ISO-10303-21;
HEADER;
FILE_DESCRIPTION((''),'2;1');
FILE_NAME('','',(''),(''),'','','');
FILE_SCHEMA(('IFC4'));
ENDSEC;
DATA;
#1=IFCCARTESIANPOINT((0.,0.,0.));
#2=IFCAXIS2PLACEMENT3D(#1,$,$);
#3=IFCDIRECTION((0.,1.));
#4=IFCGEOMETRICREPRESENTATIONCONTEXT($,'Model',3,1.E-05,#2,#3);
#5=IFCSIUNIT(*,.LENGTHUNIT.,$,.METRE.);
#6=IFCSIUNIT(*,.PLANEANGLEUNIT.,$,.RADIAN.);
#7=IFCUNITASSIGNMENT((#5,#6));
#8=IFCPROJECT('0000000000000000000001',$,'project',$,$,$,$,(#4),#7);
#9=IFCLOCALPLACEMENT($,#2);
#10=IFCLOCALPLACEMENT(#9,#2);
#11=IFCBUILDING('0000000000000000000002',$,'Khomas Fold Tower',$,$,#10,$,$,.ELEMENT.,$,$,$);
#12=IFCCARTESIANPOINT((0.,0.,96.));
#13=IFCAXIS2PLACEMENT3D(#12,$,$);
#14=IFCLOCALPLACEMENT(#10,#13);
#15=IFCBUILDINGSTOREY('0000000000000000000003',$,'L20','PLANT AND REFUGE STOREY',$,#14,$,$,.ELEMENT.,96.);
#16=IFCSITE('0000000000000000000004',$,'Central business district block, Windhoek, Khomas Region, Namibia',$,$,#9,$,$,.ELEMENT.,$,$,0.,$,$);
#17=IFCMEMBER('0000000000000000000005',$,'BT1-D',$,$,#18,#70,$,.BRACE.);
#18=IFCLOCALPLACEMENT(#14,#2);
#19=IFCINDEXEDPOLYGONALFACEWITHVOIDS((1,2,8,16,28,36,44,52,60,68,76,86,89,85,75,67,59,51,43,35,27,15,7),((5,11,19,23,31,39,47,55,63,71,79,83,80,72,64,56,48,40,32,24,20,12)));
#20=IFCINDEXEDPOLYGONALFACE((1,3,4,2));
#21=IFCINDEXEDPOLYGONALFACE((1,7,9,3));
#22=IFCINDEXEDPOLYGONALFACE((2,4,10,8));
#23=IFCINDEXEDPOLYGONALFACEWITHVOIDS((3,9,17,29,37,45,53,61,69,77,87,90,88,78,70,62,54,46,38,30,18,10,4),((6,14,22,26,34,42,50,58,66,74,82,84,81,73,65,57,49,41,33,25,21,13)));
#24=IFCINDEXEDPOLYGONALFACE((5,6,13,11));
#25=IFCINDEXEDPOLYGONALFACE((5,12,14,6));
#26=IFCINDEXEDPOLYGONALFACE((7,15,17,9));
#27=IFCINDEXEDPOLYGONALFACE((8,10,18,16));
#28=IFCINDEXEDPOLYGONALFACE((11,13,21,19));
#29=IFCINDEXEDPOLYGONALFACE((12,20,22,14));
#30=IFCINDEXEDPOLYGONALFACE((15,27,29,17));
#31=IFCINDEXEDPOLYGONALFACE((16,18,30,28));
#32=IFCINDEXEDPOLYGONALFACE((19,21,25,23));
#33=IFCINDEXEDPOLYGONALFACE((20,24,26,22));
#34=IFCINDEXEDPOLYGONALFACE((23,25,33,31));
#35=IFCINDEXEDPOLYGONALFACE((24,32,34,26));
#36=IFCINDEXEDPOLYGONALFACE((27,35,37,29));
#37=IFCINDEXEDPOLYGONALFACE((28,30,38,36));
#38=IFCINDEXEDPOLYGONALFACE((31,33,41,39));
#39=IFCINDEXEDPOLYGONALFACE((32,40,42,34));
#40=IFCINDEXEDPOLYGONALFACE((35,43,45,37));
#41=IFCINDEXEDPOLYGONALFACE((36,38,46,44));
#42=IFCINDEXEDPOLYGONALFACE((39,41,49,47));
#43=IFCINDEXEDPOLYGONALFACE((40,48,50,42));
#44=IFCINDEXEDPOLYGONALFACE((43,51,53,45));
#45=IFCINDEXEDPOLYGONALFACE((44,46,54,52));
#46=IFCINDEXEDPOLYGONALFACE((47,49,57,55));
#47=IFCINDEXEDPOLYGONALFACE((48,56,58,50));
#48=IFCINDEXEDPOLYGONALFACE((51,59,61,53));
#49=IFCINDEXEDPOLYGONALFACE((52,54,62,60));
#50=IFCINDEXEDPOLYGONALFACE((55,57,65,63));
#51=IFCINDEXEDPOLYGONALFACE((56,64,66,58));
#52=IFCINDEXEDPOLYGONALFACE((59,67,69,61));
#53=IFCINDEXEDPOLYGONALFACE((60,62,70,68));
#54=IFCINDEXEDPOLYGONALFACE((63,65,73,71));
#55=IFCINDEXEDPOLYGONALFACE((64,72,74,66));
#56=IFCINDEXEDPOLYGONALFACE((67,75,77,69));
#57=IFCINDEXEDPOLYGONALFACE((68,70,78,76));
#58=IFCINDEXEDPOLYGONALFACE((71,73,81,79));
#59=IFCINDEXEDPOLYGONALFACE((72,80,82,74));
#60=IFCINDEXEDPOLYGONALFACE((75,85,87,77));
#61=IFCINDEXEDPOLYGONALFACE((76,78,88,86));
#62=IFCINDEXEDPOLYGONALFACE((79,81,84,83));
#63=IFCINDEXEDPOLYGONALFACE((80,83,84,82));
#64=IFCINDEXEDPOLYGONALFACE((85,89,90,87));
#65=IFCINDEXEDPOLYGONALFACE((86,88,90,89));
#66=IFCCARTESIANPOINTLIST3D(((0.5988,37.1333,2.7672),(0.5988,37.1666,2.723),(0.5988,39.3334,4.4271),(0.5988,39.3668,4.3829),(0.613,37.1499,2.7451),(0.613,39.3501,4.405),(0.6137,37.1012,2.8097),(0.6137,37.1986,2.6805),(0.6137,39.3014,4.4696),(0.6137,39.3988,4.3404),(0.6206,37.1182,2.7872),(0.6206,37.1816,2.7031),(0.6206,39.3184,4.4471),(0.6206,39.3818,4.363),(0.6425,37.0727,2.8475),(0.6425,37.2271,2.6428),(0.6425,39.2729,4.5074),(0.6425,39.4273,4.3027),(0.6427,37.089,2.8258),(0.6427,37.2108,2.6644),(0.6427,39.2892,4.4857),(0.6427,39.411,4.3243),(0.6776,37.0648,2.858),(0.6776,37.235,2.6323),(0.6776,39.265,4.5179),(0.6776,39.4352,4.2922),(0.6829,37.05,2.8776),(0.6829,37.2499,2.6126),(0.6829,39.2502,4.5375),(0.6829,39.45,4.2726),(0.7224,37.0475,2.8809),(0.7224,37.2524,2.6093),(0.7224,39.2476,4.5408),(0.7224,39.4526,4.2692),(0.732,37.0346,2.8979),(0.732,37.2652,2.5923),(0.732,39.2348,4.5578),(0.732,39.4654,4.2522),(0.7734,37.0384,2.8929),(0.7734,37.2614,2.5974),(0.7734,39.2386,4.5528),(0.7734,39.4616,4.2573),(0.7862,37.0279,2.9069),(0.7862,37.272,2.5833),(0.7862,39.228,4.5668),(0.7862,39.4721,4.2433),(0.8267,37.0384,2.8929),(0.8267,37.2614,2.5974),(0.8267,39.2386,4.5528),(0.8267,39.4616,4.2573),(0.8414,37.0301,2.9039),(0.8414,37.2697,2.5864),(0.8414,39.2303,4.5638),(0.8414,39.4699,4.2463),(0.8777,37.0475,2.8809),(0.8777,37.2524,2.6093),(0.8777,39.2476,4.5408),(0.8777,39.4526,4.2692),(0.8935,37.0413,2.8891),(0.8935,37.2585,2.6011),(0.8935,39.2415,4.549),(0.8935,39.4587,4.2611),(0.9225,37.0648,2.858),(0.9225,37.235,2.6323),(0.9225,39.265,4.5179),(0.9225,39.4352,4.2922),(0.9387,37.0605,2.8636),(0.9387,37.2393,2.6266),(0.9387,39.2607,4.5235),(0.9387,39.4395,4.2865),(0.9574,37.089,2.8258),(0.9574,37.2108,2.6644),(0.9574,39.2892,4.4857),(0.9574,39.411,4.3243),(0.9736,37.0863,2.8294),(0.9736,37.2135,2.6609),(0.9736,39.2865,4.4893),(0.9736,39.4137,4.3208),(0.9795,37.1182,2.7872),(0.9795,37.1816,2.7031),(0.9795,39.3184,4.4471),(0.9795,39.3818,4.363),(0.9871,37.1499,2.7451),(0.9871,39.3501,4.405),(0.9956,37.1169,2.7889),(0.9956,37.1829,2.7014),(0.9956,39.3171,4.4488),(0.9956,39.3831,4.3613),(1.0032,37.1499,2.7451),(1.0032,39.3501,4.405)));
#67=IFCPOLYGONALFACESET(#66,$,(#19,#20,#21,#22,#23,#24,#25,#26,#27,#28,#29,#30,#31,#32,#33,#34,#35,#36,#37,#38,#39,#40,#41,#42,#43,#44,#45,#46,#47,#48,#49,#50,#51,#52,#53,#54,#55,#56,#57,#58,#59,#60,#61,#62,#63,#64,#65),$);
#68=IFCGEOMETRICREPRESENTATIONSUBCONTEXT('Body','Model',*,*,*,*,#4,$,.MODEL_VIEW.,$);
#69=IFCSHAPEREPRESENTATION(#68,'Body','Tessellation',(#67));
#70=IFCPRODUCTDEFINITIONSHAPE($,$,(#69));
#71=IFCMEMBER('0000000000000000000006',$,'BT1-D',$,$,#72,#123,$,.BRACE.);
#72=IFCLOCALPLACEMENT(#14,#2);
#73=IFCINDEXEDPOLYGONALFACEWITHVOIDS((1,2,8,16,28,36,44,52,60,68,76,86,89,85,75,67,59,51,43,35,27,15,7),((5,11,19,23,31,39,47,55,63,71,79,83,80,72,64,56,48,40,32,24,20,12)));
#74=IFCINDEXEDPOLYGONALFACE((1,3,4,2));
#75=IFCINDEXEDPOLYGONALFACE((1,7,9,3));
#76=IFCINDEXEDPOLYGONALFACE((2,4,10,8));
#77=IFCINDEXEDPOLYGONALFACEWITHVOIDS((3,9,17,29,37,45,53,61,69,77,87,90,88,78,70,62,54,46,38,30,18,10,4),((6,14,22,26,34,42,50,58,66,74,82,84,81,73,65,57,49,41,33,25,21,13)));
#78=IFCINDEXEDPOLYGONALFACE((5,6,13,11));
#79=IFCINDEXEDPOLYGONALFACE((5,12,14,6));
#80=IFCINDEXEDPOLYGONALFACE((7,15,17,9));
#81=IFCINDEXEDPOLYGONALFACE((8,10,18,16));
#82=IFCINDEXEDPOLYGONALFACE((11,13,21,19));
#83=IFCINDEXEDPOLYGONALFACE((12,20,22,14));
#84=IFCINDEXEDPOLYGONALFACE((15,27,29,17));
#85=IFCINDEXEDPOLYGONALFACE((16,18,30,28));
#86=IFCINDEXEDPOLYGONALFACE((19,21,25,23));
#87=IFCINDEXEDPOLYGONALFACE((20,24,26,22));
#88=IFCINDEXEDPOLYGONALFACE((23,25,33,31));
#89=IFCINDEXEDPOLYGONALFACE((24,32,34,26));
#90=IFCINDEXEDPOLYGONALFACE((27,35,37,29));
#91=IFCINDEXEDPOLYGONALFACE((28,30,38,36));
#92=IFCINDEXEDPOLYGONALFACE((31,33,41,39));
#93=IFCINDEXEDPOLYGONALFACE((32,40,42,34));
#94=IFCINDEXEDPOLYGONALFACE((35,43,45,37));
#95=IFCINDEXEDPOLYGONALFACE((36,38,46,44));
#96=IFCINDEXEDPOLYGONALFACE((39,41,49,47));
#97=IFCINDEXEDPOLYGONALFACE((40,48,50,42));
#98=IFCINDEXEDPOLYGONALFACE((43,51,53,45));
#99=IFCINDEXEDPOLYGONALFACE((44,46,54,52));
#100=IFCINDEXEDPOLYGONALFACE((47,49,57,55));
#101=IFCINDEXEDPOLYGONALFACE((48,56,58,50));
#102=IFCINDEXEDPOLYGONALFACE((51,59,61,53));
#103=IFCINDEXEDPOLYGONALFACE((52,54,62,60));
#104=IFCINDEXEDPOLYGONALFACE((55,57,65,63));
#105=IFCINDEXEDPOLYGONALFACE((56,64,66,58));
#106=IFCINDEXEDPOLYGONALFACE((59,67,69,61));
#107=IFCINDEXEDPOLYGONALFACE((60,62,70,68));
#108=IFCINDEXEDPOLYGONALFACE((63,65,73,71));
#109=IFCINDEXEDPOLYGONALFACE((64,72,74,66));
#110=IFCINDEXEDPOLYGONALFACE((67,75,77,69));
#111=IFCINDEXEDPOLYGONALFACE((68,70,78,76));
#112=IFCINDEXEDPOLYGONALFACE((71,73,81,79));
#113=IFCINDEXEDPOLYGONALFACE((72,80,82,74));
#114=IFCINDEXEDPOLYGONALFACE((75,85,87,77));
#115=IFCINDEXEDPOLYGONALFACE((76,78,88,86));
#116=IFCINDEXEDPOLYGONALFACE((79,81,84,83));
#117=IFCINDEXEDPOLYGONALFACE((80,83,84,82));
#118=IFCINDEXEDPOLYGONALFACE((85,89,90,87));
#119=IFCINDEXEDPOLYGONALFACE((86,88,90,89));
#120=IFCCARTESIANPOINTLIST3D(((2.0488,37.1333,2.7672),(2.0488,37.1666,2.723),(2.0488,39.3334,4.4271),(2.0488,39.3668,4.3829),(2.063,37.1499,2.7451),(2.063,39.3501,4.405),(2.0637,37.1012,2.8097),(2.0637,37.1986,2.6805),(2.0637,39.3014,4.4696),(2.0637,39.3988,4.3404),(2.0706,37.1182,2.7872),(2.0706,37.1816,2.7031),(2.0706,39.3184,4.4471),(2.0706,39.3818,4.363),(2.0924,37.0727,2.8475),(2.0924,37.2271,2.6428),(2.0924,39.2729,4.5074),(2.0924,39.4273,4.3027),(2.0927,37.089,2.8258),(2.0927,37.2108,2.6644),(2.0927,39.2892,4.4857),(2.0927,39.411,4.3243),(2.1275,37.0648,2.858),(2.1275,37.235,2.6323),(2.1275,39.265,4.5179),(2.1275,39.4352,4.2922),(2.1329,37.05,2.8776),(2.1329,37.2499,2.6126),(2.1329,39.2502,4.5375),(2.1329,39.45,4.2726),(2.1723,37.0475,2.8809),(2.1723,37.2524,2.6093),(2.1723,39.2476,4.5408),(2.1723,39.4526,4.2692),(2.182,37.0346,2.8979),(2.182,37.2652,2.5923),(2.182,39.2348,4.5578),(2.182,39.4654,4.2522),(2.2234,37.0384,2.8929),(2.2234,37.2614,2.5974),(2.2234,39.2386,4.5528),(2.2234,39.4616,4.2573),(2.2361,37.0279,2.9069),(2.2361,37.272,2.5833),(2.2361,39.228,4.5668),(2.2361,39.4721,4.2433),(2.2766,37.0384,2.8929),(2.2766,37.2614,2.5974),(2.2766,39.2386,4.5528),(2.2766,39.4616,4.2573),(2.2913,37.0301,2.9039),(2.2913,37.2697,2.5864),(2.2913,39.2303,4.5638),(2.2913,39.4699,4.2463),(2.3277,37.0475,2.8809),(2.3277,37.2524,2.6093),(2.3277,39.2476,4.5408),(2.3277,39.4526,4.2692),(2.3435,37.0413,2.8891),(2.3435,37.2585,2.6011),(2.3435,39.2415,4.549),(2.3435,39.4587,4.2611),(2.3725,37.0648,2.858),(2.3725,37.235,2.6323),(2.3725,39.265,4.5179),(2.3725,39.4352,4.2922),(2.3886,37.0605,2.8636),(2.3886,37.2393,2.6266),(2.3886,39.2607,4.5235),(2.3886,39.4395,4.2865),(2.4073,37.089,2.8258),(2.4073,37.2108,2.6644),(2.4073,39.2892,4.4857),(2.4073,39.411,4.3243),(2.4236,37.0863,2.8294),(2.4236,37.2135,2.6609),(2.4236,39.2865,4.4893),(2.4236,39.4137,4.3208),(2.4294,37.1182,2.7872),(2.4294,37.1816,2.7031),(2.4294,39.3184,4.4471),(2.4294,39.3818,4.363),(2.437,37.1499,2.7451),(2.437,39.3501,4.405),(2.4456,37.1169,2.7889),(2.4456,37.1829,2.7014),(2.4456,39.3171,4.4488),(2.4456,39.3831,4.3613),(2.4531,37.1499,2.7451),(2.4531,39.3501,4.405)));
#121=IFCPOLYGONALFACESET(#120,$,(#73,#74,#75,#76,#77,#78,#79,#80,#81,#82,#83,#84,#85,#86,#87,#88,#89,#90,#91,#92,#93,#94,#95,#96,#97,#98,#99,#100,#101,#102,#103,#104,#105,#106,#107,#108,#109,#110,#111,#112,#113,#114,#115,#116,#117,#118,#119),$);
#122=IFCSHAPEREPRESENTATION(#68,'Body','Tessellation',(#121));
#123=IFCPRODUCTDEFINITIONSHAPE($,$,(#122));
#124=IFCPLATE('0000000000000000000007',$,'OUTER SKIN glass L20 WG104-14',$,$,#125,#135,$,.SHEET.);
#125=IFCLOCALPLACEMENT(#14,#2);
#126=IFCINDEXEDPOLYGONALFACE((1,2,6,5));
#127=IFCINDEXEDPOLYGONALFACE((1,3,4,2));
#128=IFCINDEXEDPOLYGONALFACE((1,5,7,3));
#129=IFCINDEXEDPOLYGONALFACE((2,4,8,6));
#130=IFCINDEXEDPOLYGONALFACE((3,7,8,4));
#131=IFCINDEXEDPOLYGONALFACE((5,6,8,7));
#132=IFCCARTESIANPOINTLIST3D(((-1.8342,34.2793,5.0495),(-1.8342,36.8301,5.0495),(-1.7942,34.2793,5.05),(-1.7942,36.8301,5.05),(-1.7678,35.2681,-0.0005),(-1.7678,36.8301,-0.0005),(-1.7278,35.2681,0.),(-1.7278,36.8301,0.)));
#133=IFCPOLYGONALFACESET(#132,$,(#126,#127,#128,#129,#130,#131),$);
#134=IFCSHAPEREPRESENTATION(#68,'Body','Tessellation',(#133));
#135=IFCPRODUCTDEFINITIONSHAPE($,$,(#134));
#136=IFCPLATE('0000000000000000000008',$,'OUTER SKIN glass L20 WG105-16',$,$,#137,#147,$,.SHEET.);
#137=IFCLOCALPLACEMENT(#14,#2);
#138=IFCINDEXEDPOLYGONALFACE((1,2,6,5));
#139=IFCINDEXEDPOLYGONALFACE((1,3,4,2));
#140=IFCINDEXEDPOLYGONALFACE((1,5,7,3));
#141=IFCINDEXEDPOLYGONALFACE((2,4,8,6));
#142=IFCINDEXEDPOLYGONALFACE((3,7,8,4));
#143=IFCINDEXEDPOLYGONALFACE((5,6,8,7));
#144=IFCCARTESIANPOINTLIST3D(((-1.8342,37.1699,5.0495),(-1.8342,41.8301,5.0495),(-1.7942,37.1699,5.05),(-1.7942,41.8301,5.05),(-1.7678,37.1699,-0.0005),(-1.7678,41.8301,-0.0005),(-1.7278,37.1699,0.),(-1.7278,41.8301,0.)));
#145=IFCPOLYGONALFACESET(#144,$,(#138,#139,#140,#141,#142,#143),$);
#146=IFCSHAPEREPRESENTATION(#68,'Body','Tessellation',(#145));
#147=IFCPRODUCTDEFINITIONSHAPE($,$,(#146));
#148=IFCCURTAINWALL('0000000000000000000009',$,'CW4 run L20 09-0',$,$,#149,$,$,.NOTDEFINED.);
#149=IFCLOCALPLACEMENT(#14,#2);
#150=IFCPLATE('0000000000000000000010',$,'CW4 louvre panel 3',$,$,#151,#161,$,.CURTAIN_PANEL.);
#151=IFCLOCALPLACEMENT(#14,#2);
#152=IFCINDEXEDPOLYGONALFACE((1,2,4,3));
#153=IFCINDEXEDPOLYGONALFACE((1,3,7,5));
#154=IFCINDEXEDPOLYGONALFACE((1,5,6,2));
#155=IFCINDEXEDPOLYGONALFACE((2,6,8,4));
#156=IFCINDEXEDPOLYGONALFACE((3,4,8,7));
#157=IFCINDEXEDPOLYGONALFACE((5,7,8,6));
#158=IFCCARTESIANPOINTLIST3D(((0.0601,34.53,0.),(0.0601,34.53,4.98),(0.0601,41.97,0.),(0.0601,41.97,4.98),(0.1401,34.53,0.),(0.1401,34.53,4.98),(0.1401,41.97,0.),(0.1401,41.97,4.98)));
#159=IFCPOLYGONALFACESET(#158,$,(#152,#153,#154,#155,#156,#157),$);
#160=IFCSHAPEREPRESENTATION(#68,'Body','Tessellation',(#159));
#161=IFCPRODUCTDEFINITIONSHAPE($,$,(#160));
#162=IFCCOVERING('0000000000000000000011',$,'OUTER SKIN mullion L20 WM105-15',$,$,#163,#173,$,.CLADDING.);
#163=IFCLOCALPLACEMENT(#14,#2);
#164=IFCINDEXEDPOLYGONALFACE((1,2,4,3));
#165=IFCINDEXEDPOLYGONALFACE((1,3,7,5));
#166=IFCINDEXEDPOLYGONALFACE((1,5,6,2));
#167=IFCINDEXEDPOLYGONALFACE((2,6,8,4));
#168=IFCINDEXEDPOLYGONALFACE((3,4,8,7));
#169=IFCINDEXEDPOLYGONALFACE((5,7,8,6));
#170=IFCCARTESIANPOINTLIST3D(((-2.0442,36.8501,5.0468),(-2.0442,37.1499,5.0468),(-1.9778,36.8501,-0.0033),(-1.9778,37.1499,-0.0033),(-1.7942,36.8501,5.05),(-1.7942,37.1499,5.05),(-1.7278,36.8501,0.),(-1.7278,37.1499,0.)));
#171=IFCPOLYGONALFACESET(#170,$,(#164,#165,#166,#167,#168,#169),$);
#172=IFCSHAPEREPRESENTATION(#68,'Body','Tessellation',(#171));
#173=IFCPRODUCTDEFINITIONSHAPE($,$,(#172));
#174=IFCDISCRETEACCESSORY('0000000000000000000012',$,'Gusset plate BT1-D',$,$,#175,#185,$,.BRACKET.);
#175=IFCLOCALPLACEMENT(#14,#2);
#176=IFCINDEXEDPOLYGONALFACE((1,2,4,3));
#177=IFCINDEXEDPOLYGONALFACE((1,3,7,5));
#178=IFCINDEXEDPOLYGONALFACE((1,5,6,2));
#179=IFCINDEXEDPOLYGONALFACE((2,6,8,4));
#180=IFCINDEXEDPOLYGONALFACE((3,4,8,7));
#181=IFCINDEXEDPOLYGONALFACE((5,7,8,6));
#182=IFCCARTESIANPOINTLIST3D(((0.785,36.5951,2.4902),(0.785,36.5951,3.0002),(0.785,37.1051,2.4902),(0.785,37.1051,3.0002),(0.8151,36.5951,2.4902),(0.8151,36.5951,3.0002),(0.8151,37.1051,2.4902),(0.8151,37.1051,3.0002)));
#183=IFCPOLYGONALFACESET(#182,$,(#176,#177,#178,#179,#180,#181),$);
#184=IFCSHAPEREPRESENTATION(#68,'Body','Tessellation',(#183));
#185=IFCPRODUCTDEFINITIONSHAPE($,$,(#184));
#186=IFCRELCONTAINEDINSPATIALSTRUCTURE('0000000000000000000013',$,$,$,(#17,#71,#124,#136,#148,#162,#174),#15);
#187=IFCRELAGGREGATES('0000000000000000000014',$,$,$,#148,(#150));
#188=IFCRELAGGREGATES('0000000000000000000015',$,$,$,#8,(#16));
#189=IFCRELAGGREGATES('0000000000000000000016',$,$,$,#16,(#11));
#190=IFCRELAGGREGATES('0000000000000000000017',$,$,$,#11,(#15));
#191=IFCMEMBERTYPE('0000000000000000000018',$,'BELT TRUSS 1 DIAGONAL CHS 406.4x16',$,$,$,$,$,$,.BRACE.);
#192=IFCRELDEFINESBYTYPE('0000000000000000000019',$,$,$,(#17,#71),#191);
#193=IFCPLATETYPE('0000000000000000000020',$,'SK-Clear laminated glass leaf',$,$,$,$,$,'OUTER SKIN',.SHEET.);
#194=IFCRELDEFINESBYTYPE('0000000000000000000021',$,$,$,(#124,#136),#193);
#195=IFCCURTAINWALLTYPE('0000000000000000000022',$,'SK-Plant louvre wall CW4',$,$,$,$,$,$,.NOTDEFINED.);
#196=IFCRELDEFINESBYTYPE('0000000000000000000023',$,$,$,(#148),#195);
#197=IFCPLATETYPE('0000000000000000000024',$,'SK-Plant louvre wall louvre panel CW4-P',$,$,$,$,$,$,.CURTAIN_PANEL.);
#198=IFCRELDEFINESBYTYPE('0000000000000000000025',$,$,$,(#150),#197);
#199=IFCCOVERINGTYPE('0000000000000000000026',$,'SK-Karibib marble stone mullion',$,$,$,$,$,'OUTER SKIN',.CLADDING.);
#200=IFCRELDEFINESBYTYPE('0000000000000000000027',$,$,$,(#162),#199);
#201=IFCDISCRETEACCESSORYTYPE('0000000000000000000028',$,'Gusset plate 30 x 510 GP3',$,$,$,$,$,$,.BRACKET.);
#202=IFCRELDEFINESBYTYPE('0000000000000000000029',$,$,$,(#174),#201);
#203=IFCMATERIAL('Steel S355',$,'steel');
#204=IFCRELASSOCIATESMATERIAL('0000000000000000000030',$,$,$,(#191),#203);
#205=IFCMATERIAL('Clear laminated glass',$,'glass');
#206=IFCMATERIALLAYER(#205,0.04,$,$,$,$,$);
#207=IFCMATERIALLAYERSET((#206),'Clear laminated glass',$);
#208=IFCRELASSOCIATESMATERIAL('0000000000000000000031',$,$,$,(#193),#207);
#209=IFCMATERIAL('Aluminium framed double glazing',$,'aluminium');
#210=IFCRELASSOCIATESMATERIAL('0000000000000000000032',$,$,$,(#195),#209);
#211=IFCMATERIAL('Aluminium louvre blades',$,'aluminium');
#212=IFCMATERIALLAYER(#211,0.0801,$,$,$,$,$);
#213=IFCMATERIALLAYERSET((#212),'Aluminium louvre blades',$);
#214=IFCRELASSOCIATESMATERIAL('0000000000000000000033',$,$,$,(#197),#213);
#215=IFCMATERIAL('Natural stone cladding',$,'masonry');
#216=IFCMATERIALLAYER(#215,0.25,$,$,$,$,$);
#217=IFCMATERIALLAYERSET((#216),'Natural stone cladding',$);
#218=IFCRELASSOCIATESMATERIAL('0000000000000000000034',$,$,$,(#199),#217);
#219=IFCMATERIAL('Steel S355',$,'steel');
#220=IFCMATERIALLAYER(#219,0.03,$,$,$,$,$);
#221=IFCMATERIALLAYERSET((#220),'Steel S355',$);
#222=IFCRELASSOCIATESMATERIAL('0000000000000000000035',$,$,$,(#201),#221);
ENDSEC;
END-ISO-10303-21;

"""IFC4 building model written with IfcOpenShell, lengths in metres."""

from ifc_helpers import new_model, si_unit, direction, frame, origin, origin_2d, place, context, subcontext, project, spatial, polyline, rectangle, hollow_circle, outline, extrude, source, transform, mapped, material, layer, layer_set, material_profile, profile_set, type_object, element, aggregate, save


model = new_model("IFC4")

# Units and contexts
model_context = context("Model", 3, precision=1e-05, world=origin(), true_north=direction((0.0, 1.0)))
body_context = subcontext(model_context, "Body", "Model", "MODEL_VIEW")
ifc_project = project(units=[si_unit("LENGTHUNIT", "METRE"), si_unit("PLANEANGLEUNIT", "RADIAN")], contexts=[model_context])

# Site, building, storey
site_placement = place(None, origin())
site = spatial("IfcSite", under=ifc_project, at=site_placement, Name="Central business district block, Windhoek, Khomas Region, Namibia", CompositionType="ELEMENT", RefElevation=0.0)
building_placement = place(site_placement, origin())
building = spatial("IfcBuilding", under=site, at=building_placement, Name="Khomas Fold Tower", CompositionType="ELEMENT")
storey_placement = place(building_placement, frame((0.0, 0.0, 96.0)))
storey = spatial("IfcBuildingStorey", under=building, at=storey_placement, Name="L20", Description="PLANT AND REFUGE STOREY", CompositionType="ELEMENT", Elevation=96.0)

# Members
ifc_material_1 = material(Name="Steel S355", Category="steel")
ifc_material_profile_1 = material_profile(ifc_material_1, hollow_circle(Radius=0.2031, WallThickness=0.0161, at=origin_2d()), Name="CHS 406.4x16")
ifc_profile_set_1 = profile_set([ifc_material_profile_1], Name="Steel S355")
member_type_1 = type_object("IfcMemberType", Name="BELT TRUSS 1 DIAGONAL CHS 406.4x16", PredefinedType="BRACE", material=ifc_profile_set_1)
shared_shape_1 = source(origin(), body_context, "Body", "SweptSolid", [
    extrude(hollow_circle(Radius=0.2031, WallThickness=0.0161, at=origin_2d()), origin(), (0.0, 0.0, 1.0), 2.7561),
])
for number, where, z_axis, x_axis, name in (
    (1, (0.8, 39.3501, 4.405), (0.0, -0.798296, -0.602265), (1.0, 0.0, 0.0), "BT1-D"),
    (2, (2.25, 39.3501, 4.405), (0.0, -0.798296, -0.602265), (1.0, 0.0, 0.0), "BT1-D"),
):
    element("IfcMember", number, at=place(storey_placement, frame(where, z_axis=z_axis, x_axis=x_axis)), inside=storey, type_object=member_type_1, Name=name, PredefinedType="BRACE", context=body_context, shape_type="MappedRepresentation", body=[
        mapped(shared_shape_1, transform((0.0, 0.0, 0.0))),
    ])

# Plates
ifc_material_2 = material(Name="Clear laminated glass", Category="glass")
ifc_layer_1 = layer(ifc_material_2, 0.04)
ifc_layer_set_1 = layer_set([ifc_layer_1], Name="Clear laminated glass")
plate_type_1 = type_object("IfcPlateType", Name="SK-Clear laminated glass leaf", ElementType="OUTER SKIN", PredefinedType="SHEET", material=ifc_layer_set_1)
plate_1_placement = place(storey_placement, frame((-1.7278, 35.2681, 0.0), z_axis=(0.999914, 0.0, 0.013148), x_axis=(-0.012904, -0.19213, 0.981285)))
element("IfcPlate", 3, at=plate_1_placement, inside=storey, type_object=plate_type_1, Name="OUTER SKIN glass L20 WG104-14", PredefinedType="SHEET", context=body_context, shape_type="SweptSolid", body=[
    extrude(outline(polyline([(0.0, 0.0), (5.1464, 0.0), (4.6563, -2.5033), (-0.3001, -1.5329), (0.0, 0.0)])), origin(), (0.0, 0.0, -1.0), 0.04),
])
plate_2_placement = place(storey_placement, frame((-1.7278, 37.1699, 0.0), z_axis=(0.999914, 0.0, 0.013148), x_axis=(-0.013148, 0.0, 0.999914)))
element("IfcPlate", 4, at=plate_2_placement, inside=storey, type_object=plate_type_1, Name="OUTER SKIN glass L20 WG105-16", PredefinedType="SHEET", context=body_context, shape_type="SweptSolid", body=[
    extrude(outline(polyline([(0.0, 0.0), (5.0505, 0.0), (5.0505, -4.6602), (0.0, -4.6602), (0.0, 0.0)])), origin(), (0.0, 0.0, -1.0), 0.04),
])

# Curtain wall, plate
ifc_material_3 = material(Name="Aluminium framed double glazing", Category="aluminium")
curtain_wall_type = type_object("IfcCurtainWallType", Name="SK-Plant louvre wall CW4", PredefinedType="NOTDEFINED", material=ifc_material_3)
curtain_wall_placement = place(storey_placement, origin())
curtain_wall = element("IfcCurtainWall", 5, at=curtain_wall_placement, inside=storey, type_object=curtain_wall_type, Name="CW4 run L20 09-0", PredefinedType="NOTDEFINED")
ifc_material_4 = material(Name="Aluminium louvre blades", Category="aluminium")
ifc_layer_2 = layer(ifc_material_4, 0.0801)
ifc_layer_set_2 = layer_set([ifc_layer_2], Name="Aluminium louvre blades")
plate_type_2 = type_object("IfcPlateType", Name="SK-Plant louvre wall louvre panel CW4-P", PredefinedType="CURTAIN_PANEL", material=ifc_layer_set_2)
shared_shape_2 = source(origin(), body_context, "Body", "SweptSolid", [
    extrude(rectangle(XDim=7.4399, YDim=0.0801, at=origin_2d()), origin(), (0.0, 0.0, 1.0), 4.98),
])
plate_3_placement = place(storey_placement, frame((0.1001, 38.25, 0.0), z_axis=(0.0, 0.0, 1.0), x_axis=(0.0, -1.0, 0.0)))
plate_3 = element("IfcPlate", 6, at=plate_3_placement, type_object=plate_type_2, Name="CW4 louvre panel 3", PredefinedType="CURTAIN_PANEL", context=body_context, shape_type="MappedRepresentation", body=[
    mapped(shared_shape_2, transform((0.0, 0.0, 0.0))),
])
aggregate(curtain_wall, [plate_3])

# Covering
ifc_material_5 = material(Name="Natural stone cladding", Category="masonry")
ifc_layer_3 = layer(ifc_material_5, 0.25)
ifc_layer_set_3 = layer_set([ifc_layer_3], Name="Natural stone cladding")
covering_type = type_object("IfcCoveringType", Name="SK-Karibib marble stone mullion", ElementType="OUTER SKIN", PredefinedType="CLADDING", material=ifc_layer_set_3)
covering_placement = place(storey_placement, frame((-1.7278, 36.8501, 0.0), z_axis=(0.999914, 0.0, 0.013148), x_axis=(-0.013148, 0.0, 0.999914)))
element("IfcCovering", 7, at=covering_placement, inside=storey, type_object=covering_type, Name="OUTER SKIN mullion L20 WM105-15", PredefinedType="CLADDING", context=body_context, shape_type="SweptSolid", body=[
    extrude(outline(polyline([(0.0, 0.0), (5.0505, 0.0), (5.0505, -0.2998), (0.0, -0.2998), (0.0, 0.0)])), origin(), (0.0, 0.0, -1.0), 0.25),
])

# Discrete accessory
ifc_material_6 = material(Name="Steel S355", Category="steel")
ifc_layer_4 = layer(ifc_material_6, 0.03)
ifc_layer_set_4 = layer_set([ifc_layer_4], Name="Steel S355")
discrete_accessory_type_1 = type_object("IfcDiscreteAccessoryType", Name="Gusset plate 30 x 510 GP3", PredefinedType="BRACKET", material=ifc_layer_set_4)
shared_shape_3 = source(origin(), body_context, "Body", "SweptSolid", [
    extrude(rectangle(XDim=0.51, YDim=0.03, at=origin_2d()), origin(), (0.0, 0.0, 1.0), 0.51),
])
for number, where, z_axis, x_axis, name in (
    (8, (0.8, 36.8501, 2.4902), (0.0, 0.0, 1.0), (0.0, 1.0, 0.0), "Gusset plate BT1-D"),
):
    element("IfcDiscreteAccessory", number, at=place(storey_placement, frame(where, z_axis=z_axis, x_axis=x_axis)), inside=storey, type_object=discrete_accessory_type_1, Name=name, PredefinedType="BRACKET", context=body_context, shape_type="MappedRepresentation", body=[
        mapped(shared_shape_3, transform((0.0, 0.0, 0.0))),
    ])

save(model, "model.ifc")
